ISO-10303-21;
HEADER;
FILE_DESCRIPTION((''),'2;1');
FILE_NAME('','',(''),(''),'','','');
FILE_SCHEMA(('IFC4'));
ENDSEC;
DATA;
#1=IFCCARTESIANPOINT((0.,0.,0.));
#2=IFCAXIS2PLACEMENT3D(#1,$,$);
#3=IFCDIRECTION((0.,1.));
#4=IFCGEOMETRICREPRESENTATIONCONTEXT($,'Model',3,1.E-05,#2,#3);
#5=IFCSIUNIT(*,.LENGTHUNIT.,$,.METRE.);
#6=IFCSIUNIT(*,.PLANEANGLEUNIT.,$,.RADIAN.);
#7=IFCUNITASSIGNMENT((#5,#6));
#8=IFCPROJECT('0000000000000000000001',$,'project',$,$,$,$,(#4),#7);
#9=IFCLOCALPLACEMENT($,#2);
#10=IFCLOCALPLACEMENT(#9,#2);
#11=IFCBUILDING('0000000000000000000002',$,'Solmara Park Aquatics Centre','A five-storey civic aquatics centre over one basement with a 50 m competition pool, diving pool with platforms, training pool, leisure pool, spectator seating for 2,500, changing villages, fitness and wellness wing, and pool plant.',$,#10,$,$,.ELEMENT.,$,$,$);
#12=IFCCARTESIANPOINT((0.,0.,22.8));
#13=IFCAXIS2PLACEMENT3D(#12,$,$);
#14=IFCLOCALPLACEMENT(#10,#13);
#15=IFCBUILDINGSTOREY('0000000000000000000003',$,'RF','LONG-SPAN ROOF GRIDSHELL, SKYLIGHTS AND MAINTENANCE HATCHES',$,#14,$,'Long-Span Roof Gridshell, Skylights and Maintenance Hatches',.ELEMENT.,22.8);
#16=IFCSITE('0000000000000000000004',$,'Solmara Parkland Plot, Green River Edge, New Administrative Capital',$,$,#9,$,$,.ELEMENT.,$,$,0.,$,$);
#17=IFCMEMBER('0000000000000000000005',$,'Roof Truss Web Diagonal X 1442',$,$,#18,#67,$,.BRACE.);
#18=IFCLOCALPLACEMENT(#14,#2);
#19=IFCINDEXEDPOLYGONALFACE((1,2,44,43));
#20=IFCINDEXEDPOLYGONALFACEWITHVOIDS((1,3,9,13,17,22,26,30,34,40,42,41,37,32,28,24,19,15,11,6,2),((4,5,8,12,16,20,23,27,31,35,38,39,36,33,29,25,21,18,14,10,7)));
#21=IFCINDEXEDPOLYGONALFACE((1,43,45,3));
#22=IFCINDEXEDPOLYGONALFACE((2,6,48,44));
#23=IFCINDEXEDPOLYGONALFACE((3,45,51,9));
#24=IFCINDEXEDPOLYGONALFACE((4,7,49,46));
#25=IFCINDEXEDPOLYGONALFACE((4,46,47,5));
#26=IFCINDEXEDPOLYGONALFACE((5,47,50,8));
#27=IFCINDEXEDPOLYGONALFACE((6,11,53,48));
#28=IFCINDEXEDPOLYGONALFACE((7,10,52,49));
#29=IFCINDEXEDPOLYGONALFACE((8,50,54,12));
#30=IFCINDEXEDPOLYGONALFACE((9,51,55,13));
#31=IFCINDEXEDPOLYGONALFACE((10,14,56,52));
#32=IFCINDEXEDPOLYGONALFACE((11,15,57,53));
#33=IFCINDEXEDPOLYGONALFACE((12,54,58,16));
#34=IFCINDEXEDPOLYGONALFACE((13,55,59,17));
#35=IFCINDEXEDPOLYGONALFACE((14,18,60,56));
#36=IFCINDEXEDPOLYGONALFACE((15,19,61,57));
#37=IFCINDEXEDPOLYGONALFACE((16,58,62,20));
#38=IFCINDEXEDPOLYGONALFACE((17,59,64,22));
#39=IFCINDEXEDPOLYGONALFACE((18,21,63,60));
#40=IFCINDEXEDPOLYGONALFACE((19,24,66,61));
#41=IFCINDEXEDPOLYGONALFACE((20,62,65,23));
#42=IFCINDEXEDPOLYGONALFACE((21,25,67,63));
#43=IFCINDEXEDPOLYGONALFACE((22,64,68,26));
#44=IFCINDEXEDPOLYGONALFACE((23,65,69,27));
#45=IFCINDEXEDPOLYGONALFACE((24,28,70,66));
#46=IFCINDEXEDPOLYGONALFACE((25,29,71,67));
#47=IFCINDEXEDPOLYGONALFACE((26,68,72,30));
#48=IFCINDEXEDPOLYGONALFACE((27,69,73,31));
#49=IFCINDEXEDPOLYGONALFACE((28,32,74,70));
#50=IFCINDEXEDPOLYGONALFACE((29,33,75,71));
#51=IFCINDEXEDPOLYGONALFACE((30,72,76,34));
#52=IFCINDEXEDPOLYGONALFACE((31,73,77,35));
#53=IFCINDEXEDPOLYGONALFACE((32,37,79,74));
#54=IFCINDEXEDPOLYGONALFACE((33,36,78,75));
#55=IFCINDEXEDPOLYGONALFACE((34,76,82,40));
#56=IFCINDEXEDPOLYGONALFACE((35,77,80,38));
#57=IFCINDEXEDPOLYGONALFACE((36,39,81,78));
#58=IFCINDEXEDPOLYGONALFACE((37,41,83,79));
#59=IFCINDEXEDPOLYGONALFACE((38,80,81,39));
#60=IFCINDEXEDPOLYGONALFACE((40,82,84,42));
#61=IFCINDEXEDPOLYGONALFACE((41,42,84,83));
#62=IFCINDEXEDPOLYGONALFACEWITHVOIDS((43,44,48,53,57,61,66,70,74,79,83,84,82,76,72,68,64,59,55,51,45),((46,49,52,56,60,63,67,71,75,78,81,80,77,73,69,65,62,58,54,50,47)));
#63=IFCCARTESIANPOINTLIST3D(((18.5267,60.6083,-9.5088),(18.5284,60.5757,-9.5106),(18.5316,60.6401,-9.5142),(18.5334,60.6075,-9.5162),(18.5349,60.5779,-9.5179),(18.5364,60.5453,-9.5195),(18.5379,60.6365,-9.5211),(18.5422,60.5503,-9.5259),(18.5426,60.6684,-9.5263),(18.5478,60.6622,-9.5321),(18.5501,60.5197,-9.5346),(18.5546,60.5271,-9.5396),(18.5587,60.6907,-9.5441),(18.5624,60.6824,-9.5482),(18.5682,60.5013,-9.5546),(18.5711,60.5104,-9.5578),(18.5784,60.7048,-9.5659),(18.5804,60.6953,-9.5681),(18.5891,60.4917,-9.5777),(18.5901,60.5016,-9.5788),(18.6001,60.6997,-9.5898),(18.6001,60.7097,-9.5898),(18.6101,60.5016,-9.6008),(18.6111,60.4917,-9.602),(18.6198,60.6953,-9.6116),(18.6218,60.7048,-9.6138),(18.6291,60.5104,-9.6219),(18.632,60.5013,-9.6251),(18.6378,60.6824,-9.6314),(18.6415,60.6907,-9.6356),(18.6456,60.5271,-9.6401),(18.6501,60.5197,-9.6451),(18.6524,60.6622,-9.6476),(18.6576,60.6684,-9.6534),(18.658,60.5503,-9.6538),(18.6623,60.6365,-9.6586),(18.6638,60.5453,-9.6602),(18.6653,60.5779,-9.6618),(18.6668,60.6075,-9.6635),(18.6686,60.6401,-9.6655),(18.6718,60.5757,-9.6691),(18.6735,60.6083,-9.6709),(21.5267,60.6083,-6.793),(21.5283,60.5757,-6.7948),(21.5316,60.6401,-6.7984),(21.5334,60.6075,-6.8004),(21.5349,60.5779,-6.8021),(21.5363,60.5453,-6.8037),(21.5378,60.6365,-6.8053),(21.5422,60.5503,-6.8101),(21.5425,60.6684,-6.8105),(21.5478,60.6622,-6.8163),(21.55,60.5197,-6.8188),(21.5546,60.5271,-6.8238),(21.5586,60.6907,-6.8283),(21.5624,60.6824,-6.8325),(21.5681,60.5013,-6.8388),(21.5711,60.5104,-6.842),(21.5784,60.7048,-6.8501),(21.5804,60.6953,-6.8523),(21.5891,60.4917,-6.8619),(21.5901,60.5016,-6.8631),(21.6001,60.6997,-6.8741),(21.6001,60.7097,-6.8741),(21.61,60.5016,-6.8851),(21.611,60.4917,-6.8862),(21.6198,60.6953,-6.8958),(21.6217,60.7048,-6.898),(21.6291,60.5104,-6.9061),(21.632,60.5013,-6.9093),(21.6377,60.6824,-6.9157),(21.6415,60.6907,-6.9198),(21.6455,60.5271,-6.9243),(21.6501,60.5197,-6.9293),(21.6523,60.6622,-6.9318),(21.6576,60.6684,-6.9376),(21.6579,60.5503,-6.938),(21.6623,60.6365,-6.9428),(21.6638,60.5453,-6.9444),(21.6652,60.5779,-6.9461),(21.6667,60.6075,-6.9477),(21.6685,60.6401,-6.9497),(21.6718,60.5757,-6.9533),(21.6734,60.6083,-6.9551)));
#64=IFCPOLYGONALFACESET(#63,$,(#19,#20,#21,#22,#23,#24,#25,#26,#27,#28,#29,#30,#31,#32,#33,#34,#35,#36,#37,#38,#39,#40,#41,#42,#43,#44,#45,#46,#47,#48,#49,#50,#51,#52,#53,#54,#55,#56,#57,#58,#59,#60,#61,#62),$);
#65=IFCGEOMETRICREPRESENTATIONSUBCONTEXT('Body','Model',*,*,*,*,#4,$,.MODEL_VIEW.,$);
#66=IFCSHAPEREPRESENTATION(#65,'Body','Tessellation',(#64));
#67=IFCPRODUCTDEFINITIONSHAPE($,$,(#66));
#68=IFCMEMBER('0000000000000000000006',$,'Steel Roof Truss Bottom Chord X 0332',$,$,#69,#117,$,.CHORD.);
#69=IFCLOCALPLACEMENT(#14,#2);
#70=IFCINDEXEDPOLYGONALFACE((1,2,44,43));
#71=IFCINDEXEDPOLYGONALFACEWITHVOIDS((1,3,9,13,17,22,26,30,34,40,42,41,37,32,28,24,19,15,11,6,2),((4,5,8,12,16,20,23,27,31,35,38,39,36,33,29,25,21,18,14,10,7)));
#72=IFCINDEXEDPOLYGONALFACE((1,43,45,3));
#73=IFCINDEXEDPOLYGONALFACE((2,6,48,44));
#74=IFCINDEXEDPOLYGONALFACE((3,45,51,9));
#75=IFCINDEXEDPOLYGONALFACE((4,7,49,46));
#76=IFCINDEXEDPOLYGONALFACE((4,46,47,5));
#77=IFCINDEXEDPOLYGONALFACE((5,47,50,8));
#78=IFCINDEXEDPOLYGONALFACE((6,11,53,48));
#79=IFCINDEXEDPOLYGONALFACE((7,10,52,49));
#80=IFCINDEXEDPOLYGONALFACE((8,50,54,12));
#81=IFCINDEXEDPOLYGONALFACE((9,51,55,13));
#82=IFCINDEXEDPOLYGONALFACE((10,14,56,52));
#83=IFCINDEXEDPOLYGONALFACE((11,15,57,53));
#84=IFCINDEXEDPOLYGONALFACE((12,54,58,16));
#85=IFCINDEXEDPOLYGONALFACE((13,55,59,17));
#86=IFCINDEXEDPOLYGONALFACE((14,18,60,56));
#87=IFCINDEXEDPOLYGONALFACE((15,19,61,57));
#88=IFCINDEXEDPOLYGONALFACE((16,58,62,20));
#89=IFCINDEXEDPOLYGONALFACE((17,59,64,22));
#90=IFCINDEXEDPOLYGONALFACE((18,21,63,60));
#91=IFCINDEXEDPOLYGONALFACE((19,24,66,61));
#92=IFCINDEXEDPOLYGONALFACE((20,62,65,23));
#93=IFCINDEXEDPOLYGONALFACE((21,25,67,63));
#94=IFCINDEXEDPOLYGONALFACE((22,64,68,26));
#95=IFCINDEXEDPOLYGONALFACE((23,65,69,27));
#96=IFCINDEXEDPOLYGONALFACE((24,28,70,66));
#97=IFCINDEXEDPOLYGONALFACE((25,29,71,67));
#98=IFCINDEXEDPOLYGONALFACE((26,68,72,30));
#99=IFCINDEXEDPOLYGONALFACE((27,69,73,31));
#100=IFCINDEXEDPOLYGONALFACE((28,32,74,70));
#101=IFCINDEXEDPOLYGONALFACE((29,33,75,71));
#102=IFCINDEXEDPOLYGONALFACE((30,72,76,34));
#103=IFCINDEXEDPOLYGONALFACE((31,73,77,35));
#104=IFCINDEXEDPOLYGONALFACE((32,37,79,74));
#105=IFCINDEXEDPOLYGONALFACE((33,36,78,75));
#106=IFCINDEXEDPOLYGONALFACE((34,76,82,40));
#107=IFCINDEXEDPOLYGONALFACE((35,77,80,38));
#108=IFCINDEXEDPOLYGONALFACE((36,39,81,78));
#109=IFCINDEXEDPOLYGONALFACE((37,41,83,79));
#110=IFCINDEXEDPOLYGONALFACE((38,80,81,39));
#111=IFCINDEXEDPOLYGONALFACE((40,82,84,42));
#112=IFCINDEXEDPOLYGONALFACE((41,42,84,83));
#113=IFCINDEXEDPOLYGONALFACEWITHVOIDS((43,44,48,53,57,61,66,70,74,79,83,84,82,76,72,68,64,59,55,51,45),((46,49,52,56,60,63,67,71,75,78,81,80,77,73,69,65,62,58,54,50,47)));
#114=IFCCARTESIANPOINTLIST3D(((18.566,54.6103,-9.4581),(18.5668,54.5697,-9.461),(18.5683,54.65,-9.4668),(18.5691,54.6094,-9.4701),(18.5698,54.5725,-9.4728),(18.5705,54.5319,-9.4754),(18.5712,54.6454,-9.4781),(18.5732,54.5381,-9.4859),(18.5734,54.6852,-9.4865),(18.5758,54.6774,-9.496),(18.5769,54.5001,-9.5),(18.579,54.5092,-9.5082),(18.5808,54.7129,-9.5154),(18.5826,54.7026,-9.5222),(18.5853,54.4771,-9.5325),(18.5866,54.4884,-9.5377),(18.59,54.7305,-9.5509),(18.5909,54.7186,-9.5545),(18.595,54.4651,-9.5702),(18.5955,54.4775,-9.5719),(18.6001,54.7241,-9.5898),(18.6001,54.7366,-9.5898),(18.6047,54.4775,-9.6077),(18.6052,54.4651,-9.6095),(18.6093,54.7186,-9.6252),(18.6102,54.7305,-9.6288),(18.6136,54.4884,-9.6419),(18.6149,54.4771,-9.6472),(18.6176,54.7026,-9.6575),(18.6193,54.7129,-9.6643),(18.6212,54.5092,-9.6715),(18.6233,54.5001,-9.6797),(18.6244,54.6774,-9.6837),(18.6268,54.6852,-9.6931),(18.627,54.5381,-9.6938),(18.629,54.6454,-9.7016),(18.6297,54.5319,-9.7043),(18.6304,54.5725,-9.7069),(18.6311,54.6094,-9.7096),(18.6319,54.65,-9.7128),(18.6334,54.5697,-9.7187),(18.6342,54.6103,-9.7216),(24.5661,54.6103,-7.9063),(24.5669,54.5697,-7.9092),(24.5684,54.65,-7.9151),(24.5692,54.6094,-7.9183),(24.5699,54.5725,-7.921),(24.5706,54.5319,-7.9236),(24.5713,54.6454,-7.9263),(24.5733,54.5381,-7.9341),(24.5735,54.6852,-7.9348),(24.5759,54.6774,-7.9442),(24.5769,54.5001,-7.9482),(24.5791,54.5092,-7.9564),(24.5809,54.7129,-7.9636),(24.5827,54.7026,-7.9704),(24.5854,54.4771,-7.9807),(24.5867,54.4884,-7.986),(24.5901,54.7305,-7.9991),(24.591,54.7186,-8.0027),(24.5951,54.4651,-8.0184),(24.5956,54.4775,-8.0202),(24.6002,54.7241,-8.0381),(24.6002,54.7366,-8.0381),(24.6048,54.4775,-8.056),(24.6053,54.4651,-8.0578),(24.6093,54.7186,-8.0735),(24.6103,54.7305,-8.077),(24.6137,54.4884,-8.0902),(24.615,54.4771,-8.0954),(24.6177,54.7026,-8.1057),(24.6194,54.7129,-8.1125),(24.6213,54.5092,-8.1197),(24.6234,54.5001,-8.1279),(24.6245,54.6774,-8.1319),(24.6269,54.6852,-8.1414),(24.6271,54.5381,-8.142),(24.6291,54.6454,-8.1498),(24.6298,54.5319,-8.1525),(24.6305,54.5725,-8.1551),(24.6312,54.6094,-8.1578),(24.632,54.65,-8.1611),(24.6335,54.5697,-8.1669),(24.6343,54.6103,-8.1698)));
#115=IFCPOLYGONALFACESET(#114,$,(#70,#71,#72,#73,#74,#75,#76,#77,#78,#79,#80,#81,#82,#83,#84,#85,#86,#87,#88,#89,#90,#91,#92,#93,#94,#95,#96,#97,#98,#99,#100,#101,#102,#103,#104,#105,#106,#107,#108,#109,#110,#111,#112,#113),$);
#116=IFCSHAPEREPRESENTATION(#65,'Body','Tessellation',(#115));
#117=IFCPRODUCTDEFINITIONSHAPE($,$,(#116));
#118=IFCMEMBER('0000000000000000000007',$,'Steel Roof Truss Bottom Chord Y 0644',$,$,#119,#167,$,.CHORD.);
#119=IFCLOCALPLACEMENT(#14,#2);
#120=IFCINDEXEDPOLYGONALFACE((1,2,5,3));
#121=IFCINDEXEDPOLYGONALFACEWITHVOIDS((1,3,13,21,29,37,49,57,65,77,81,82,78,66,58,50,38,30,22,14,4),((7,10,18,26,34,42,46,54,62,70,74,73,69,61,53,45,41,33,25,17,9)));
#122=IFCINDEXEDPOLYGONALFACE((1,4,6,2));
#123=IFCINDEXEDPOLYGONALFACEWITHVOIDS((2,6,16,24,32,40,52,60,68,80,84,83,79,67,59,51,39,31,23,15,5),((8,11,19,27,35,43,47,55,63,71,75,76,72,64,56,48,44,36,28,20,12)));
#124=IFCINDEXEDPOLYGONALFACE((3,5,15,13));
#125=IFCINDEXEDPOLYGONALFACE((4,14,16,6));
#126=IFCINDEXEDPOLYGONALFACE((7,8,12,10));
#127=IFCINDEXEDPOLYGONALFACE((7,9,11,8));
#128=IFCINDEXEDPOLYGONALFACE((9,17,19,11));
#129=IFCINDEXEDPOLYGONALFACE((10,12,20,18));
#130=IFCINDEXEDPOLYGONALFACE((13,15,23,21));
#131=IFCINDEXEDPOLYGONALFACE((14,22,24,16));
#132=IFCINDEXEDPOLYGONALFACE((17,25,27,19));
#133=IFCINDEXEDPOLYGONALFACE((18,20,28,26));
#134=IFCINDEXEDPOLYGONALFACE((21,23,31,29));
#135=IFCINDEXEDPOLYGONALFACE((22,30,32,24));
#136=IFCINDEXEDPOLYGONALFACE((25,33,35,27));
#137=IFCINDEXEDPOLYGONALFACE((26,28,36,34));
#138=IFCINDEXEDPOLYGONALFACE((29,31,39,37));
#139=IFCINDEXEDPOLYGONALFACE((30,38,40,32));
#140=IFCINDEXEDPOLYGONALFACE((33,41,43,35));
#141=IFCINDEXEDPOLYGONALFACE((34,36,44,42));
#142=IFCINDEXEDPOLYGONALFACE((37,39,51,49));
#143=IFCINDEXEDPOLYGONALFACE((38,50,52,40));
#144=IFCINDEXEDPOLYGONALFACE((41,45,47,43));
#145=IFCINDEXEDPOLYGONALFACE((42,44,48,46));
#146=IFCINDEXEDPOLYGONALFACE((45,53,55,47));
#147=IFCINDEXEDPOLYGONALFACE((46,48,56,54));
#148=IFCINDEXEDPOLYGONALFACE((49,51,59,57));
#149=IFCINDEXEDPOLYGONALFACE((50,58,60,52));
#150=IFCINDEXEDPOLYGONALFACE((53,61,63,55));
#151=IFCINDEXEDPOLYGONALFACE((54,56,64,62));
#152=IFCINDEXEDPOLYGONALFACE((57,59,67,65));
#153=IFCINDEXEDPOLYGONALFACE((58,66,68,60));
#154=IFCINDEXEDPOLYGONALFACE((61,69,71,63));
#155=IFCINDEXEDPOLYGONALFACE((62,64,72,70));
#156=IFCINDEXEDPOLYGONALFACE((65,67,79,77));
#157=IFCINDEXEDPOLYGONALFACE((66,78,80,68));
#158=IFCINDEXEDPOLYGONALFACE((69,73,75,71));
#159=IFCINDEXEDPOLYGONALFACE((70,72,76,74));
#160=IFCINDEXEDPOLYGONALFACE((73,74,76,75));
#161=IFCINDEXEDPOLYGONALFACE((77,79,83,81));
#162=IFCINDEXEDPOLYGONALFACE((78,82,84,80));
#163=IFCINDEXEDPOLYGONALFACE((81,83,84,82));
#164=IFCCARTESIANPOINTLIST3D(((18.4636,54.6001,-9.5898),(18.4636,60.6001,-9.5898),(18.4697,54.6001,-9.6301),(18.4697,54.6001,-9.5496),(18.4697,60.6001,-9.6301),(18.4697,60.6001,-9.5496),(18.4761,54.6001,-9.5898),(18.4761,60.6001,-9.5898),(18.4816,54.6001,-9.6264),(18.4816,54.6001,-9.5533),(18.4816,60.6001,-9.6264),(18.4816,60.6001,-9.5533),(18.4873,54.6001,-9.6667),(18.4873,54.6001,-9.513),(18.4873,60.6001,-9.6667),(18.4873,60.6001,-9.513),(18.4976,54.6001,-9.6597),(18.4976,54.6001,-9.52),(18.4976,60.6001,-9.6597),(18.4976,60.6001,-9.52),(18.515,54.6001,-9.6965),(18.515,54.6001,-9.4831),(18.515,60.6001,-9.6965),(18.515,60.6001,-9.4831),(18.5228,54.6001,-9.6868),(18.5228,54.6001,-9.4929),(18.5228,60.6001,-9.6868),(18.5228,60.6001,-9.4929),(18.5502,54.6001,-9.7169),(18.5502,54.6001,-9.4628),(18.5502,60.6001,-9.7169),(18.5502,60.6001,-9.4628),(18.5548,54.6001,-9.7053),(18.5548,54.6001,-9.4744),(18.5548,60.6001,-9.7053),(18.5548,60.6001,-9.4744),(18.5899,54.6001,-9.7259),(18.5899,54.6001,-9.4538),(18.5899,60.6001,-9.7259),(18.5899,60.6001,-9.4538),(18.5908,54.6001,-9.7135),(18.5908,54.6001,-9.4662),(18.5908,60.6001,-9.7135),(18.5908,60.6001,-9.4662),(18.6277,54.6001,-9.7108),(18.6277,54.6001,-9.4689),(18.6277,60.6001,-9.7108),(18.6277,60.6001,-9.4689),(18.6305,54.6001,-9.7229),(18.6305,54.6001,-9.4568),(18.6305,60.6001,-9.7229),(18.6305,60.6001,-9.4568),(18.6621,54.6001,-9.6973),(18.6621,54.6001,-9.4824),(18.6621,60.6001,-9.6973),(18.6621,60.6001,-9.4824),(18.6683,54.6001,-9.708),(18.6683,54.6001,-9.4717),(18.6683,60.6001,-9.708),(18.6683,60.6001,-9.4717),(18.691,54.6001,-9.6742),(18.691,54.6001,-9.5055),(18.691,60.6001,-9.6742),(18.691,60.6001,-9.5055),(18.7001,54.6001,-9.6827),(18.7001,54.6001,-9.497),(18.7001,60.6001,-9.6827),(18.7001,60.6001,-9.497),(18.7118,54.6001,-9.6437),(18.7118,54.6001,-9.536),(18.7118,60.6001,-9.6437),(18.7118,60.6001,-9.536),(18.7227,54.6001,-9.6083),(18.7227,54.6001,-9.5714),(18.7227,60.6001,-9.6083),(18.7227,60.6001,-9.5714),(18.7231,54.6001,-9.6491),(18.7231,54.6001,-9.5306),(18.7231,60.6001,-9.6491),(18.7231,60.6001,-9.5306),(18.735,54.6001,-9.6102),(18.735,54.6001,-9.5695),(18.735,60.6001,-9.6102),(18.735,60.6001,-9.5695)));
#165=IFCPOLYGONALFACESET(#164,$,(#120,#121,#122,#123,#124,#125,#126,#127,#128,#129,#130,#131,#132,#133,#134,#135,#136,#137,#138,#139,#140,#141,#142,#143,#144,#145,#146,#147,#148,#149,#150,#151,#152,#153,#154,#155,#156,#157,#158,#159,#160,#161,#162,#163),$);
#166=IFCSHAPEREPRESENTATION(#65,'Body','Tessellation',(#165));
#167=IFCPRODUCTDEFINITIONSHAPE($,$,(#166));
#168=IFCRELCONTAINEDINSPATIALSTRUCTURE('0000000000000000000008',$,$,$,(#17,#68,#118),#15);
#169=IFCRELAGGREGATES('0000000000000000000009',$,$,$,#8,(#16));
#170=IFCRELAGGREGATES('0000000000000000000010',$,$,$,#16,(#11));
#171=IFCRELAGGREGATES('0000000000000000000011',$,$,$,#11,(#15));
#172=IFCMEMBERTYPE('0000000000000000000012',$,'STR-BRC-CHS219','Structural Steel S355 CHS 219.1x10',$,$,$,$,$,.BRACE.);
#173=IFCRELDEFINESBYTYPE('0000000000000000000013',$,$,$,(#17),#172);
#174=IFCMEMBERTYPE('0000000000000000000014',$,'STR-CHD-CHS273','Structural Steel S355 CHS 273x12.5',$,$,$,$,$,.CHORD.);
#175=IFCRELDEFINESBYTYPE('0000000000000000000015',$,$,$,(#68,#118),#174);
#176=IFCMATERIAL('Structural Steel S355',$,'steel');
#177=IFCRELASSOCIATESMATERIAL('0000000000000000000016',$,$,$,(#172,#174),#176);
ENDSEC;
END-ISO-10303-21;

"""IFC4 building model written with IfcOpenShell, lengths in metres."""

from ifc_helpers import new_model, si_unit, direction, frame, origin, origin_2d, place, context, subcontext, project, spatial, hollow_circle, extrude, material, material_profile, profile_set, type_object, element, save


model = new_model("IFC4")

# Units and contexts
model_context = context("Model", 3, precision=1e-05, world=origin(), true_north=direction((0.0, 1.0)))
body_context = subcontext(model_context, "Body", "Model", "MODEL_VIEW")
ifc_project = project(units=[si_unit("LENGTHUNIT", "METRE"), si_unit("PLANEANGLEUNIT", "RADIAN")], contexts=[model_context])

# Site, building, storey
site_placement = place(None, origin())
site = spatial("IfcSite", under=ifc_project, at=site_placement, Name="Solmara Parkland Plot, Green River Edge, New Administrative Capital", CompositionType="ELEMENT", RefElevation=0.0)
building_placement = place(site_placement, origin())
building = spatial("IfcBuilding", under=site, at=building_placement, Name="Solmara Park Aquatics Centre", Description="A five-storey civic aquatics centre over one basement with a 50 m competition pool, diving pool with platforms, training pool, leisure pool, spectator seating for 2,500, changing villages, fitness and wellness wing, and pool plant.", CompositionType="ELEMENT")
storey_placement = place(building_placement, frame((0.0, 0.0, 22.8)))
storey = spatial("IfcBuildingStorey", under=building, at=storey_placement, Name="RF", Description="LONG-SPAN ROOF GRIDSHELL, SKYLIGHTS AND MAINTENANCE HATCHES", LongName="Long-Span Roof Gridshell, Skylights and Maintenance Hatches", CompositionType="ELEMENT", Elevation=22.8)

# Members
ifc_material_1 = material(Name="Structural Steel S355", Category="steel")
ifc_material_profile_1 = material_profile(ifc_material_1, hollow_circle(Radius=0.1096, WallThickness=0.01, at=origin_2d()), Name="CHS 219.1x10")
ifc_profile_set_1 = profile_set([ifc_material_profile_1], Name="Structural Steel S355")
member_type_1 = type_object("IfcMemberType", Name="STR-BRC-CHS219", Description="Structural Steel S355 CHS 219.1x10", PredefinedType="BRACE", material=ifc_profile_set_1)
for number, where, z_axis, x_axis, name in (
    (1, (18.6001, 60.6001, -9.5898), (0.741347, 0.0, 0.671122), (0.0, 1.0, 0.0), "Roof Truss Web Diagonal X 1442"),
):
    element("IfcMember", number, at=place(storey_placement, frame(where, z_axis=z_axis, x_axis=x_axis)), inside=storey, type_object=member_type_1, Name=name, PredefinedType="BRACE", context=body_context, shape_type="SweptSolid", body=[
        extrude(hollow_circle(Radius=0.1096, WallThickness=0.01, at=origin_2d()), origin(), (0.0, 0.0, 1.0), 4.0466),
    ])
ifc_material_profile_2 = material_profile(ifc_material_1, hollow_circle(Radius=0.1365, WallThickness=0.0125, at=origin_2d()), Name="CHS 273x12.5")
ifc_profile_set_2 = profile_set([ifc_material_profile_2], Name="Structural Steel S355")
member_type_2 = type_object("IfcMemberType", Name="STR-CHD-CHS273", Description="Structural Steel S355 CHS 273x12.5", PredefinedType="CHORD", material=ifc_profile_set_2)
member_1_placement = place(storey_placement, frame((18.6001, 54.6001, -9.5898), z_axis=(0.968146, 0.0, 0.250388), x_axis=(0.0, 1.0, 0.0)))
element("IfcMember", 2, at=member_1_placement, inside=storey, type_object=member_type_2, Name="Steel Roof Truss Bottom Chord X 0332", PredefinedType="CHORD", context=body_context, shape_type="SweptSolid", body=[
    extrude(hollow_circle(Radius=0.1365, WallThickness=0.0125, at=origin_2d()), origin(), (0.0, 0.0, 1.0), 6.1975),
])
for number, where, z_axis, x_axis, name in (
    (3, (18.6001, 54.6001, -9.5898), (0.0, 1.0, 0.0), (-1.0, 0.0, 0.0), "Steel Roof Truss Bottom Chord Y 0644"),
):
    element("IfcMember", number, at=place(storey_placement, frame(where, z_axis=z_axis, x_axis=x_axis)), inside=storey, type_object=member_type_2, Name=name, PredefinedType="CHORD", context=body_context, shape_type="SweptSolid", body=[
        extrude(hollow_circle(Radius=0.1365, WallThickness=0.0125, at=origin_2d()), origin(), (0.0, 0.0, 1.0), 6.0),
    ])

save(model, "model.ifc")
